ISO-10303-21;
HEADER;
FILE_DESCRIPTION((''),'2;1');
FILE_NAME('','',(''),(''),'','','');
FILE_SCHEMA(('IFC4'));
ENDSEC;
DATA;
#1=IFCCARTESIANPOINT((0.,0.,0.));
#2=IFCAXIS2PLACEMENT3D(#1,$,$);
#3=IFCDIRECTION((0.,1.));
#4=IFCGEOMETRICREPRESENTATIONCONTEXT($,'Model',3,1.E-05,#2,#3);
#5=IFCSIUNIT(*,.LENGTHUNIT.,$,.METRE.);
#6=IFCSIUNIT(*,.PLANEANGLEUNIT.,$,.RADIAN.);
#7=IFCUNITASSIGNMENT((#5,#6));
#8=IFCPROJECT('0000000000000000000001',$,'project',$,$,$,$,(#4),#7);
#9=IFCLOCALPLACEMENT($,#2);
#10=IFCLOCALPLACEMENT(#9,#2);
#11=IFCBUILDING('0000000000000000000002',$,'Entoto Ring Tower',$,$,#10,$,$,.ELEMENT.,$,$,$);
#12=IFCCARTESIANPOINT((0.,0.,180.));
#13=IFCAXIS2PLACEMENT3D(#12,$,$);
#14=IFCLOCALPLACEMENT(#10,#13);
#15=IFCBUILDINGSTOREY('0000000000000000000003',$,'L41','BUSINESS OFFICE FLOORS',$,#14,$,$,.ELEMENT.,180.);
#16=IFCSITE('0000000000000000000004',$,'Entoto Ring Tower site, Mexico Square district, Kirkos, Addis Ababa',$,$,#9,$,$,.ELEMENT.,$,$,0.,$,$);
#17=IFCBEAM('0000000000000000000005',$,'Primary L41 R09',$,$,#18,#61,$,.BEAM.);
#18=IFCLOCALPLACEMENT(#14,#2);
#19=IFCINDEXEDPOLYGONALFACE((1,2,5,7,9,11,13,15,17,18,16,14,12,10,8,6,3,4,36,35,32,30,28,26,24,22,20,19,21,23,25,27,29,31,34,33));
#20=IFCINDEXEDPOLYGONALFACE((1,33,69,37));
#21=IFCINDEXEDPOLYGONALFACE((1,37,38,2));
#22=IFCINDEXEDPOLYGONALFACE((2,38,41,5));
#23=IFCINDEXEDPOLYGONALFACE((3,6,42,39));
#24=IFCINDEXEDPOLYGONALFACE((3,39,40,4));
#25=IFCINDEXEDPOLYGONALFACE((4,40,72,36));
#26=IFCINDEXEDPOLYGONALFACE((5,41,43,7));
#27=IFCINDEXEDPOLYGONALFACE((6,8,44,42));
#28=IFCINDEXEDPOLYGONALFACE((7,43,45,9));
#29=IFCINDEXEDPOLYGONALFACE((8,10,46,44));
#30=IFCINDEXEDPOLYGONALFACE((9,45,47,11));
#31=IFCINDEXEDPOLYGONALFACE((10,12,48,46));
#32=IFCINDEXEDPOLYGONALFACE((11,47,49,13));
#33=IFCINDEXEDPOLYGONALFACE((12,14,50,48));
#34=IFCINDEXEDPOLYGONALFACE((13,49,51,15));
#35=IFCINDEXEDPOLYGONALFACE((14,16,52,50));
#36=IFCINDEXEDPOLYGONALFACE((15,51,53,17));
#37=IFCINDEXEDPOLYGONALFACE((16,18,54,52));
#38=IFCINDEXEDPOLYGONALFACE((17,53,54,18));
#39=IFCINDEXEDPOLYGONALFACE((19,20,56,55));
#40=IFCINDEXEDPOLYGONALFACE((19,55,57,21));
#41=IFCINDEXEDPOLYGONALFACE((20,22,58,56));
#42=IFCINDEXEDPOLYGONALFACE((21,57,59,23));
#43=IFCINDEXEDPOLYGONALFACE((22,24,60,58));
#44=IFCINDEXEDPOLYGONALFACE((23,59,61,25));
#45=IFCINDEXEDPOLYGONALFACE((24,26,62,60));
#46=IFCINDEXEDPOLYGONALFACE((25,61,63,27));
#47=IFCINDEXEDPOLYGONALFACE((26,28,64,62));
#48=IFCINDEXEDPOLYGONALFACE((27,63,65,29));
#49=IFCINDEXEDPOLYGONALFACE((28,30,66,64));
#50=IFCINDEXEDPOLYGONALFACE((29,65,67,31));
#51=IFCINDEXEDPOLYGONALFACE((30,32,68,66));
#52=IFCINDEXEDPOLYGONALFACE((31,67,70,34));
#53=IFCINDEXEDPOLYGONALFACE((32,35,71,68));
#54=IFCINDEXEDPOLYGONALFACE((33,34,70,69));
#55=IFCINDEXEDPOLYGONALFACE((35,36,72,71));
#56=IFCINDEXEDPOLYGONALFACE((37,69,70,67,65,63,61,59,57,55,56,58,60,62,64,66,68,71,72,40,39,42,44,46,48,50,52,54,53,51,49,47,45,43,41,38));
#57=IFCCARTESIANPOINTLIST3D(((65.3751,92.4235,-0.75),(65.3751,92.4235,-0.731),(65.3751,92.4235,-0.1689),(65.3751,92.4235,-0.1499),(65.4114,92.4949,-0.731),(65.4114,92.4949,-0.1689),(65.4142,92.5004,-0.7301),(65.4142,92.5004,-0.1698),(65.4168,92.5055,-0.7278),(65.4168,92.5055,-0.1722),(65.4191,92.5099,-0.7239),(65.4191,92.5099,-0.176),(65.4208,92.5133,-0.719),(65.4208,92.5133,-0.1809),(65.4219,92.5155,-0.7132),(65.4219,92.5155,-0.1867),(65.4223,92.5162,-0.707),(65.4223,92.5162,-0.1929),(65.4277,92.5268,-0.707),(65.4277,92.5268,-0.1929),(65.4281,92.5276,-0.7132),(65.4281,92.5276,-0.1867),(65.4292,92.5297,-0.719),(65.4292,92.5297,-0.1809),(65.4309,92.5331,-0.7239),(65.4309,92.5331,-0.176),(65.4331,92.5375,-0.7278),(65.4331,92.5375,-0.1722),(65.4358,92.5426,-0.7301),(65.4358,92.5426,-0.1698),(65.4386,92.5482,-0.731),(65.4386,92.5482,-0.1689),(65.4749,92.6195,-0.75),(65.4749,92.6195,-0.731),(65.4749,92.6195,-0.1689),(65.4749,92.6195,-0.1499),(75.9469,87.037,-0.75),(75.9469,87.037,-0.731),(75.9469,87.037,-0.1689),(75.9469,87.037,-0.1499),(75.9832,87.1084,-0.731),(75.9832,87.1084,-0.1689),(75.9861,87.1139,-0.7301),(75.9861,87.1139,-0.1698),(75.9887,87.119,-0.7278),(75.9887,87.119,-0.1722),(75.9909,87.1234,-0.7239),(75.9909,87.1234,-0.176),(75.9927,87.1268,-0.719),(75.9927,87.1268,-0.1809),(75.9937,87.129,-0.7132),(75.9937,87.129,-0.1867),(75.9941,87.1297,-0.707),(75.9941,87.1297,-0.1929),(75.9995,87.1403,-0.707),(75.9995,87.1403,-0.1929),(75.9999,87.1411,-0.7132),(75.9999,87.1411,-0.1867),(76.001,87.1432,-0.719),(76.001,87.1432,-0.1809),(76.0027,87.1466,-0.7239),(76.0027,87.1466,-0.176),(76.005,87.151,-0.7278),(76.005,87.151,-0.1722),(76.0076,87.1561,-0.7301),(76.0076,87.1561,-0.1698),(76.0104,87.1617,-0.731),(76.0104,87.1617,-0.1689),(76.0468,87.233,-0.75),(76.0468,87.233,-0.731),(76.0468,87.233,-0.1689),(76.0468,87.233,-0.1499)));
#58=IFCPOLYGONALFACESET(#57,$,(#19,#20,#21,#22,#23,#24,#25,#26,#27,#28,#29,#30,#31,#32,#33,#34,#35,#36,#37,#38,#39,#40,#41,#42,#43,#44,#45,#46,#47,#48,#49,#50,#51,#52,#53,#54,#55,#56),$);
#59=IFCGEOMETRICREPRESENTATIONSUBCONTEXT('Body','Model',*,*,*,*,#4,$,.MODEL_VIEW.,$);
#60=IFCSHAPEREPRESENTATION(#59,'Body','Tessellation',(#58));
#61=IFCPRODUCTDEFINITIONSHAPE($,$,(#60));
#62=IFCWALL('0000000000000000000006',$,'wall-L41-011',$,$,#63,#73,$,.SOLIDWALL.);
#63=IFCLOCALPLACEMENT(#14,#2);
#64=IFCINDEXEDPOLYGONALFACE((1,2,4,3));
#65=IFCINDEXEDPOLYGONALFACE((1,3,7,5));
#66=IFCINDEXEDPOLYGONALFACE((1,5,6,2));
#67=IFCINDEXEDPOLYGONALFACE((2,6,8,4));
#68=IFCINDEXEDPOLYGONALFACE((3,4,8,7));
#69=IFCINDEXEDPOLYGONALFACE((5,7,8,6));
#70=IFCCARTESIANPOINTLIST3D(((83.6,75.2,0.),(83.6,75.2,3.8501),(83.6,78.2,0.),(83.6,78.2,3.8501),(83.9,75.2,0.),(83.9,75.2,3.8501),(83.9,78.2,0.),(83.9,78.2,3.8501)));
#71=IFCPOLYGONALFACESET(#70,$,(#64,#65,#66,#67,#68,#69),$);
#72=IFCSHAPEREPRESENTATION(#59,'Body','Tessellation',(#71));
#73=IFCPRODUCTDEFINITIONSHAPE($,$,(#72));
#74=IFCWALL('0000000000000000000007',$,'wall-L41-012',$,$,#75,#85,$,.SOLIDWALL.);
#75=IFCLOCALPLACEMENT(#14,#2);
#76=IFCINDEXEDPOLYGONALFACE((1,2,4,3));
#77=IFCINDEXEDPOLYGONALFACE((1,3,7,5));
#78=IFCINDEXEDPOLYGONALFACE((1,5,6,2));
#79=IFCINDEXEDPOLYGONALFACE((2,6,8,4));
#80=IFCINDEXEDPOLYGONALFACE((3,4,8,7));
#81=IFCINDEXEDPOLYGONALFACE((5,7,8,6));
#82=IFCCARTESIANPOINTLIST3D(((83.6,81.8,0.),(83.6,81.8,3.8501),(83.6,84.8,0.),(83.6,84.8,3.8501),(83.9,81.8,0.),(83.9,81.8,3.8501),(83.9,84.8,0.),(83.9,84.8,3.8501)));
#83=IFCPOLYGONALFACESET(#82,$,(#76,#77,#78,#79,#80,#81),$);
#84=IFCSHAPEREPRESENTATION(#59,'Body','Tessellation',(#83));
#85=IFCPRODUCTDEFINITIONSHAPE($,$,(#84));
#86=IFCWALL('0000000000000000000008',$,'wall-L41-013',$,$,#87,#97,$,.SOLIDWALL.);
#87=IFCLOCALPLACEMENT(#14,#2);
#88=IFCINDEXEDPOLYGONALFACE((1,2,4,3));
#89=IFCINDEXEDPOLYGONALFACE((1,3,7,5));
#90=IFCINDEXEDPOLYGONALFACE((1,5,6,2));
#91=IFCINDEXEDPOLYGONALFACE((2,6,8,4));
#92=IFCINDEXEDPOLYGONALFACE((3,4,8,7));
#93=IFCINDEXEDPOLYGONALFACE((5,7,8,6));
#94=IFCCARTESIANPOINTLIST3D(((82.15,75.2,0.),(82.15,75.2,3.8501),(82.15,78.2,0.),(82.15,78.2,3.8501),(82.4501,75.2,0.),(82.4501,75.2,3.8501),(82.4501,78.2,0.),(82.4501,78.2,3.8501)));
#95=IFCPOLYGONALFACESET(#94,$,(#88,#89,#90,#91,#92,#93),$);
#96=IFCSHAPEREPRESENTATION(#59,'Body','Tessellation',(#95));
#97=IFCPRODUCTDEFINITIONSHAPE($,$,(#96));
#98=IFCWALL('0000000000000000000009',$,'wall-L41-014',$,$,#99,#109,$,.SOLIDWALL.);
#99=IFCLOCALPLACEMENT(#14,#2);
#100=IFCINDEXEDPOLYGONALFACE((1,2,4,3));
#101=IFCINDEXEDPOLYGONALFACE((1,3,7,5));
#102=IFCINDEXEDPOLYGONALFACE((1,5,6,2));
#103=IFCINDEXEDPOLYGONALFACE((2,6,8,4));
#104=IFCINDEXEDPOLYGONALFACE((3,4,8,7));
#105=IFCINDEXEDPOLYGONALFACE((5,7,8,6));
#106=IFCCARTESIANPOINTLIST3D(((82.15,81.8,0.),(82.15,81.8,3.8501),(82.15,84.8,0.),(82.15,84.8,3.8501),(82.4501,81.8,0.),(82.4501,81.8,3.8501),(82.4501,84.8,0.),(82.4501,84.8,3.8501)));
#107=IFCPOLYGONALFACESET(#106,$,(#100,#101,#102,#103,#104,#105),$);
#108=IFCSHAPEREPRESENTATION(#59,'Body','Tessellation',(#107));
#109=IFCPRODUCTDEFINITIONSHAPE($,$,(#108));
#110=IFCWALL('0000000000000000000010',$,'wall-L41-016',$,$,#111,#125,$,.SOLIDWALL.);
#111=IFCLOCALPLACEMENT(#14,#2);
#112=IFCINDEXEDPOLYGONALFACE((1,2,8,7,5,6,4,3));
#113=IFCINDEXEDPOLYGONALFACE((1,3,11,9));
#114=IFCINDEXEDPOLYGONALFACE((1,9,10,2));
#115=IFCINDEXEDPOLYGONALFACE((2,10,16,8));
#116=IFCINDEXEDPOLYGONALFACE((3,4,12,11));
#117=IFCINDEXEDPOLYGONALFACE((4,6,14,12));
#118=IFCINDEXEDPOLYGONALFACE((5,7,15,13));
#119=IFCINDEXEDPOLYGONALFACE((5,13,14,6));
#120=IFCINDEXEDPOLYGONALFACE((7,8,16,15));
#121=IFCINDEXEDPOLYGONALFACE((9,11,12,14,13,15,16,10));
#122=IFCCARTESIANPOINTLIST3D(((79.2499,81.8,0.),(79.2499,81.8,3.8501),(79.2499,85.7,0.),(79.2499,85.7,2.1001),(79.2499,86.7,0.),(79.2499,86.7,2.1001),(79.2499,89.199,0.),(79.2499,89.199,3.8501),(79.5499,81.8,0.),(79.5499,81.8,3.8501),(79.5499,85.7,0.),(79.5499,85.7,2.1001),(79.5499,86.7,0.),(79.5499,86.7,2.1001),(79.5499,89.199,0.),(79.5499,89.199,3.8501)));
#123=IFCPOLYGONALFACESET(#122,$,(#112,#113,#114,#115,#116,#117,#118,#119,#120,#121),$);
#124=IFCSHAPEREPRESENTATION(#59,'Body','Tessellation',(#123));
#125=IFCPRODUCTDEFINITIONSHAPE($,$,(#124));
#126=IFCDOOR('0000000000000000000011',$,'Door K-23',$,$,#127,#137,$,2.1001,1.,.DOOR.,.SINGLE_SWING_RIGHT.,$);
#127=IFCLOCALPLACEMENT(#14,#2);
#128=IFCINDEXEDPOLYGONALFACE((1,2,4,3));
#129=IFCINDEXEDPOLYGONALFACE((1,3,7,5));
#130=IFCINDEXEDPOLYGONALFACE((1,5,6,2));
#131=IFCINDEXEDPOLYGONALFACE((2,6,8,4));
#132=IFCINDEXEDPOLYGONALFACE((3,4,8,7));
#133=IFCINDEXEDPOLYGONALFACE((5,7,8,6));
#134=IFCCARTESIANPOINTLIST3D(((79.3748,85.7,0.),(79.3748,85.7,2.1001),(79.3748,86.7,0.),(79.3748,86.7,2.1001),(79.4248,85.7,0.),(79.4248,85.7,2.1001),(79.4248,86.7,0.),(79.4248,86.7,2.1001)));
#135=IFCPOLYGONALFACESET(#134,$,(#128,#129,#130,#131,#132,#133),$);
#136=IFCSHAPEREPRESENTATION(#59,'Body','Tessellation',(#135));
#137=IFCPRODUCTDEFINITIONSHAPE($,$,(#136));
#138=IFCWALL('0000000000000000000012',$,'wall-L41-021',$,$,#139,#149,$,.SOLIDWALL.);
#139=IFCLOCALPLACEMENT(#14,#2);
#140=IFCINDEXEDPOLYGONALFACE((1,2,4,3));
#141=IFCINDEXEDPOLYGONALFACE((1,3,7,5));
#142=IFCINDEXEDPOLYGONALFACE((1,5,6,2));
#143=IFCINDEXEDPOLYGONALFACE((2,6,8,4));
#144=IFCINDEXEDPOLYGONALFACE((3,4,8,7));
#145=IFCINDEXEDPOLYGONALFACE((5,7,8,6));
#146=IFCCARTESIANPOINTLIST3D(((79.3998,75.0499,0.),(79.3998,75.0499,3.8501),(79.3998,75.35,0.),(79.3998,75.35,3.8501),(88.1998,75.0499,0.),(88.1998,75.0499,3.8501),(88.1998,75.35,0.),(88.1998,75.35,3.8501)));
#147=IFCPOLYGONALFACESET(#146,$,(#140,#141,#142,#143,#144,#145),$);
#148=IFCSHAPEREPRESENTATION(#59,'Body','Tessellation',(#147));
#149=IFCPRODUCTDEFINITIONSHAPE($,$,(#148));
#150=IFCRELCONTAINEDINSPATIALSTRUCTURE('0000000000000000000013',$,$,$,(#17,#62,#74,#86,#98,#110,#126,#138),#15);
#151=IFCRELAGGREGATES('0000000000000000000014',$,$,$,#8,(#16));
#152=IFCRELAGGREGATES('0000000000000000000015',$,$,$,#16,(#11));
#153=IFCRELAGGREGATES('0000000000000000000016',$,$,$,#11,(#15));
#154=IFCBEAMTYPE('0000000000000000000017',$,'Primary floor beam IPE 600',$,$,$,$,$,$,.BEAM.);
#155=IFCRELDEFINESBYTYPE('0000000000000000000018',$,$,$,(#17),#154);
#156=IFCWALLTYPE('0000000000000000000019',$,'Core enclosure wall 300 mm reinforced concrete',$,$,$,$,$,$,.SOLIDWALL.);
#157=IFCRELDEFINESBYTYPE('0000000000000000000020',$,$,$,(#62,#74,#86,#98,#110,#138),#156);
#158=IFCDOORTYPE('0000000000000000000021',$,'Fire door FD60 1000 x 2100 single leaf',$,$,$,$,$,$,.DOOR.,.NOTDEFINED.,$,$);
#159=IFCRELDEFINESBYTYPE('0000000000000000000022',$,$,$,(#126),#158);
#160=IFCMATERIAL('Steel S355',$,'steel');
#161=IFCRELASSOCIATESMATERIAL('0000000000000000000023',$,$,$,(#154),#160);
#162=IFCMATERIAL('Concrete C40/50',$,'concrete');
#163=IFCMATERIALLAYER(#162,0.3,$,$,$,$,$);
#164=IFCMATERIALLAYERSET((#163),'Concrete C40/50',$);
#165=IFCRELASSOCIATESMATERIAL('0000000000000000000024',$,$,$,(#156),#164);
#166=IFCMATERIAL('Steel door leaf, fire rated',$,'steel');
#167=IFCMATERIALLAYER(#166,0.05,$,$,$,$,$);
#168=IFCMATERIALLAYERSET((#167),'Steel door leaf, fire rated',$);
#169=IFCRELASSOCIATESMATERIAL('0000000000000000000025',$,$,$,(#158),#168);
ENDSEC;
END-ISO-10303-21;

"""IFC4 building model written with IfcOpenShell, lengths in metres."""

from ifc_helpers import new_model, si_unit, direction, frame, frame_2d, origin, origin_2d, place, context, subcontext, project, spatial, rectangle, i_section, extrude, material, layer, layer_set, material_profile, profile_set, type_object, element, fill, save


model = new_model("IFC4")

# Units and contexts
model_context = context("Model", 3, precision=1e-05, world=origin(), true_north=direction((0.0, 1.0)))
body_context = subcontext(model_context, "Body", "Model", "MODEL_VIEW")
ifc_project = project(units=[si_unit("LENGTHUNIT", "METRE"), si_unit("PLANEANGLEUNIT", "RADIAN")], contexts=[model_context])

# Site, building, storey
site_placement = place(None, origin())
site = spatial("IfcSite", under=ifc_project, at=site_placement, Name="Entoto Ring Tower site, Mexico Square district, Kirkos, Addis Ababa", CompositionType="ELEMENT", RefElevation=0.0)
building_placement = place(site_placement, origin())
building = spatial("IfcBuilding", under=site, at=building_placement, Name="Entoto Ring Tower", CompositionType="ELEMENT")
storey_placement = place(building_placement, frame((0.0, 0.0, 180.0)))
storey = spatial("IfcBuildingStorey", under=building, at=storey_placement, Name="L41", Description="BUSINESS OFFICE FLOORS", CompositionType="ELEMENT", Elevation=180.0)

# Beam
ifc_material_1 = material(Name="Steel S355", Category="steel")
ifc_material_profile = material_profile(ifc_material_1, i_section(OverallWidth=0.22, OverallDepth=0.6001, WebThickness=0.012, FlangeThickness=0.019, FilletRadius=0.0239, at=origin_2d()), Name="IPE 600")
ifc_profile_set = profile_set([ifc_material_profile], Name="Steel S355")
beam_type = type_object("IfcBeamType", Name="Primary floor beam IPE 600", PredefinedType="BEAM", material=ifc_profile_set)
beam_placement = place(storey_placement, frame((75.9968, 87.135, -0.45), z_axis=(-0.89101, 0.453983, 0.0), x_axis=(-0.453983, -0.89101, 0.0)))
element("IfcBeam", 1, at=beam_placement, inside=storey, type_object=beam_type, Name="Primary L41 R09", PredefinedType="BEAM", context=body_context, shape_type="SweptSolid", body=[
    extrude(i_section(OverallWidth=0.22, OverallDepth=0.6001, WebThickness=0.012, FlangeThickness=0.019, FilletRadius=0.0239, at=origin_2d()), origin(), (0.0, 0.0, 1.0), 11.865),
])

# Walls
ifc_material_2 = material(Name="Concrete C40/50", Category="concrete")
ifc_layer_1 = layer(ifc_material_2, 0.3)
ifc_layer_set_1 = layer_set([ifc_layer_1], Name="Concrete C40/50")
wall_type_1 = type_object("IfcWallType", Name="Core enclosure wall 300 mm reinforced concrete", PredefinedType="SOLIDWALL", material=ifc_layer_set_1)
for number, where, z_axis, x_axis, name in (
    (2, (83.75, 75.2, 0.0), (0.0, 0.0, 1.0), (0.0, 1.0, 0.0), "wall-L41-011"),
    (3, (83.75, 81.8, 0.0), (0.0, 0.0, 1.0), (0.0, 1.0, 0.0), "wall-L41-012"),
    (4, (82.3, 75.2, 0.0), (0.0, 0.0, 1.0), (0.0, 1.0, 0.0), "wall-L41-013"),
    (5, (82.3, 81.8, 0.0), (0.0, 0.0, 1.0), (0.0, 1.0, 0.0), "wall-L41-014"),
):
    element("IfcWall", number, at=place(storey_placement, frame(where, z_axis=z_axis, x_axis=x_axis)), inside=storey, type_object=wall_type_1, Name=name, PredefinedType="SOLIDWALL", context=body_context, shape_type="SweptSolid", body=[
        extrude(rectangle(XDim=3.0, YDim=0.3, at=frame_2d((1.5, 0.0))), origin(), (0.0, 0.0, 1.0), 3.8501),
    ])

# Wall, opening, door
wall_1_placement = place(storey_placement, frame((79.3999, 81.8, 0.0), z_axis=(0.0, 0.0, 1.0), x_axis=(0.0, 1.0, 0.0)))
wall_1 = element("IfcWall", 6, at=wall_1_placement, inside=storey, type_object=wall_type_1, Name="wall-L41-016", PredefinedType="SOLIDWALL", context=body_context, shape_type="SweptSolid", body=[
    extrude(rectangle(XDim=7.3989, YDim=0.3, at=frame_2d((3.6995, 0.0))), origin(), (0.0, 0.0, 1.0), 3.8501),
])
opening_1_placement = place(wall_1_placement, frame((3.8999, 0.0, 0.0)))
opening_1 = element("IfcOpeningElement", 7, at=opening_1_placement, cuts=wall_1, PredefinedType="OPENING", context=body_context, shape_type="SweptSolid", body=[
    extrude(rectangle(XDim=1.0, YDim=2.1001, at=frame_2d((0.5, 1.05))), frame((0.0, 0.1602, 0.0), z_axis=(0.0, -1.0, 0.0), x_axis=(1.0, 0.0, 0.0)), (0.0, 0.0, 1.0), 0.3201),
])
ifc_material_3 = material(Name="Steel door leaf, fire rated", Category="steel")
ifc_layer_2 = layer(ifc_material_3, 0.05)
ifc_layer_set_2 = layer_set([ifc_layer_2], Name="Steel door leaf, fire rated")
door_type_1 = type_object("IfcDoorType", Name="Fire door FD60 1000 x 2100 single leaf", OperationType="NOTDEFINED", PredefinedType="DOOR", material=ifc_layer_set_2)
door_1_placement = place(opening_1_placement, frame((1.0, 0.0, 0.0), z_axis=(0.0, 0.0, 1.0), x_axis=(-1.0, 0.0, 0.0)))
door_1 = element("IfcDoor", 8, at=door_1_placement, inside=storey, type_object=door_type_1, Name="Door K-23", OperationType="SINGLE_SWING_RIGHT", OverallHeight=2.1001, OverallWidth=1.0, PredefinedType="DOOR", context=body_context, shape_type="SweptSolid", body=[
    extrude(rectangle(XDim=1.0, YDim=2.1001, at=frame_2d((0.5, 1.05))), frame((0.0, 0.0249, 0.0), z_axis=(0.0, -1.0, 0.0), x_axis=(1.0, 0.0, 0.0)), (0.0, 0.0, 1.0), 0.05),
])
fill(opening_1, door_1)

# Wall
wall_2_placement = place(storey_placement, frame((79.3999, 75.2, 0.0), z_axis=(0.0, 0.0, 1.0), x_axis=(1.0, 0.0, 0.0)))
element("IfcWall", 9, at=wall_2_placement, inside=storey, type_object=wall_type_1, Name="wall-L41-021", PredefinedType="SOLIDWALL", context=body_context, shape_type="SweptSolid", body=[
    extrude(rectangle(XDim=8.8, YDim=0.3, at=frame_2d((4.3999, 0.0))), origin(), (0.0, 0.0, 1.0), 3.8501),
])

save(model, "model.ifc")
